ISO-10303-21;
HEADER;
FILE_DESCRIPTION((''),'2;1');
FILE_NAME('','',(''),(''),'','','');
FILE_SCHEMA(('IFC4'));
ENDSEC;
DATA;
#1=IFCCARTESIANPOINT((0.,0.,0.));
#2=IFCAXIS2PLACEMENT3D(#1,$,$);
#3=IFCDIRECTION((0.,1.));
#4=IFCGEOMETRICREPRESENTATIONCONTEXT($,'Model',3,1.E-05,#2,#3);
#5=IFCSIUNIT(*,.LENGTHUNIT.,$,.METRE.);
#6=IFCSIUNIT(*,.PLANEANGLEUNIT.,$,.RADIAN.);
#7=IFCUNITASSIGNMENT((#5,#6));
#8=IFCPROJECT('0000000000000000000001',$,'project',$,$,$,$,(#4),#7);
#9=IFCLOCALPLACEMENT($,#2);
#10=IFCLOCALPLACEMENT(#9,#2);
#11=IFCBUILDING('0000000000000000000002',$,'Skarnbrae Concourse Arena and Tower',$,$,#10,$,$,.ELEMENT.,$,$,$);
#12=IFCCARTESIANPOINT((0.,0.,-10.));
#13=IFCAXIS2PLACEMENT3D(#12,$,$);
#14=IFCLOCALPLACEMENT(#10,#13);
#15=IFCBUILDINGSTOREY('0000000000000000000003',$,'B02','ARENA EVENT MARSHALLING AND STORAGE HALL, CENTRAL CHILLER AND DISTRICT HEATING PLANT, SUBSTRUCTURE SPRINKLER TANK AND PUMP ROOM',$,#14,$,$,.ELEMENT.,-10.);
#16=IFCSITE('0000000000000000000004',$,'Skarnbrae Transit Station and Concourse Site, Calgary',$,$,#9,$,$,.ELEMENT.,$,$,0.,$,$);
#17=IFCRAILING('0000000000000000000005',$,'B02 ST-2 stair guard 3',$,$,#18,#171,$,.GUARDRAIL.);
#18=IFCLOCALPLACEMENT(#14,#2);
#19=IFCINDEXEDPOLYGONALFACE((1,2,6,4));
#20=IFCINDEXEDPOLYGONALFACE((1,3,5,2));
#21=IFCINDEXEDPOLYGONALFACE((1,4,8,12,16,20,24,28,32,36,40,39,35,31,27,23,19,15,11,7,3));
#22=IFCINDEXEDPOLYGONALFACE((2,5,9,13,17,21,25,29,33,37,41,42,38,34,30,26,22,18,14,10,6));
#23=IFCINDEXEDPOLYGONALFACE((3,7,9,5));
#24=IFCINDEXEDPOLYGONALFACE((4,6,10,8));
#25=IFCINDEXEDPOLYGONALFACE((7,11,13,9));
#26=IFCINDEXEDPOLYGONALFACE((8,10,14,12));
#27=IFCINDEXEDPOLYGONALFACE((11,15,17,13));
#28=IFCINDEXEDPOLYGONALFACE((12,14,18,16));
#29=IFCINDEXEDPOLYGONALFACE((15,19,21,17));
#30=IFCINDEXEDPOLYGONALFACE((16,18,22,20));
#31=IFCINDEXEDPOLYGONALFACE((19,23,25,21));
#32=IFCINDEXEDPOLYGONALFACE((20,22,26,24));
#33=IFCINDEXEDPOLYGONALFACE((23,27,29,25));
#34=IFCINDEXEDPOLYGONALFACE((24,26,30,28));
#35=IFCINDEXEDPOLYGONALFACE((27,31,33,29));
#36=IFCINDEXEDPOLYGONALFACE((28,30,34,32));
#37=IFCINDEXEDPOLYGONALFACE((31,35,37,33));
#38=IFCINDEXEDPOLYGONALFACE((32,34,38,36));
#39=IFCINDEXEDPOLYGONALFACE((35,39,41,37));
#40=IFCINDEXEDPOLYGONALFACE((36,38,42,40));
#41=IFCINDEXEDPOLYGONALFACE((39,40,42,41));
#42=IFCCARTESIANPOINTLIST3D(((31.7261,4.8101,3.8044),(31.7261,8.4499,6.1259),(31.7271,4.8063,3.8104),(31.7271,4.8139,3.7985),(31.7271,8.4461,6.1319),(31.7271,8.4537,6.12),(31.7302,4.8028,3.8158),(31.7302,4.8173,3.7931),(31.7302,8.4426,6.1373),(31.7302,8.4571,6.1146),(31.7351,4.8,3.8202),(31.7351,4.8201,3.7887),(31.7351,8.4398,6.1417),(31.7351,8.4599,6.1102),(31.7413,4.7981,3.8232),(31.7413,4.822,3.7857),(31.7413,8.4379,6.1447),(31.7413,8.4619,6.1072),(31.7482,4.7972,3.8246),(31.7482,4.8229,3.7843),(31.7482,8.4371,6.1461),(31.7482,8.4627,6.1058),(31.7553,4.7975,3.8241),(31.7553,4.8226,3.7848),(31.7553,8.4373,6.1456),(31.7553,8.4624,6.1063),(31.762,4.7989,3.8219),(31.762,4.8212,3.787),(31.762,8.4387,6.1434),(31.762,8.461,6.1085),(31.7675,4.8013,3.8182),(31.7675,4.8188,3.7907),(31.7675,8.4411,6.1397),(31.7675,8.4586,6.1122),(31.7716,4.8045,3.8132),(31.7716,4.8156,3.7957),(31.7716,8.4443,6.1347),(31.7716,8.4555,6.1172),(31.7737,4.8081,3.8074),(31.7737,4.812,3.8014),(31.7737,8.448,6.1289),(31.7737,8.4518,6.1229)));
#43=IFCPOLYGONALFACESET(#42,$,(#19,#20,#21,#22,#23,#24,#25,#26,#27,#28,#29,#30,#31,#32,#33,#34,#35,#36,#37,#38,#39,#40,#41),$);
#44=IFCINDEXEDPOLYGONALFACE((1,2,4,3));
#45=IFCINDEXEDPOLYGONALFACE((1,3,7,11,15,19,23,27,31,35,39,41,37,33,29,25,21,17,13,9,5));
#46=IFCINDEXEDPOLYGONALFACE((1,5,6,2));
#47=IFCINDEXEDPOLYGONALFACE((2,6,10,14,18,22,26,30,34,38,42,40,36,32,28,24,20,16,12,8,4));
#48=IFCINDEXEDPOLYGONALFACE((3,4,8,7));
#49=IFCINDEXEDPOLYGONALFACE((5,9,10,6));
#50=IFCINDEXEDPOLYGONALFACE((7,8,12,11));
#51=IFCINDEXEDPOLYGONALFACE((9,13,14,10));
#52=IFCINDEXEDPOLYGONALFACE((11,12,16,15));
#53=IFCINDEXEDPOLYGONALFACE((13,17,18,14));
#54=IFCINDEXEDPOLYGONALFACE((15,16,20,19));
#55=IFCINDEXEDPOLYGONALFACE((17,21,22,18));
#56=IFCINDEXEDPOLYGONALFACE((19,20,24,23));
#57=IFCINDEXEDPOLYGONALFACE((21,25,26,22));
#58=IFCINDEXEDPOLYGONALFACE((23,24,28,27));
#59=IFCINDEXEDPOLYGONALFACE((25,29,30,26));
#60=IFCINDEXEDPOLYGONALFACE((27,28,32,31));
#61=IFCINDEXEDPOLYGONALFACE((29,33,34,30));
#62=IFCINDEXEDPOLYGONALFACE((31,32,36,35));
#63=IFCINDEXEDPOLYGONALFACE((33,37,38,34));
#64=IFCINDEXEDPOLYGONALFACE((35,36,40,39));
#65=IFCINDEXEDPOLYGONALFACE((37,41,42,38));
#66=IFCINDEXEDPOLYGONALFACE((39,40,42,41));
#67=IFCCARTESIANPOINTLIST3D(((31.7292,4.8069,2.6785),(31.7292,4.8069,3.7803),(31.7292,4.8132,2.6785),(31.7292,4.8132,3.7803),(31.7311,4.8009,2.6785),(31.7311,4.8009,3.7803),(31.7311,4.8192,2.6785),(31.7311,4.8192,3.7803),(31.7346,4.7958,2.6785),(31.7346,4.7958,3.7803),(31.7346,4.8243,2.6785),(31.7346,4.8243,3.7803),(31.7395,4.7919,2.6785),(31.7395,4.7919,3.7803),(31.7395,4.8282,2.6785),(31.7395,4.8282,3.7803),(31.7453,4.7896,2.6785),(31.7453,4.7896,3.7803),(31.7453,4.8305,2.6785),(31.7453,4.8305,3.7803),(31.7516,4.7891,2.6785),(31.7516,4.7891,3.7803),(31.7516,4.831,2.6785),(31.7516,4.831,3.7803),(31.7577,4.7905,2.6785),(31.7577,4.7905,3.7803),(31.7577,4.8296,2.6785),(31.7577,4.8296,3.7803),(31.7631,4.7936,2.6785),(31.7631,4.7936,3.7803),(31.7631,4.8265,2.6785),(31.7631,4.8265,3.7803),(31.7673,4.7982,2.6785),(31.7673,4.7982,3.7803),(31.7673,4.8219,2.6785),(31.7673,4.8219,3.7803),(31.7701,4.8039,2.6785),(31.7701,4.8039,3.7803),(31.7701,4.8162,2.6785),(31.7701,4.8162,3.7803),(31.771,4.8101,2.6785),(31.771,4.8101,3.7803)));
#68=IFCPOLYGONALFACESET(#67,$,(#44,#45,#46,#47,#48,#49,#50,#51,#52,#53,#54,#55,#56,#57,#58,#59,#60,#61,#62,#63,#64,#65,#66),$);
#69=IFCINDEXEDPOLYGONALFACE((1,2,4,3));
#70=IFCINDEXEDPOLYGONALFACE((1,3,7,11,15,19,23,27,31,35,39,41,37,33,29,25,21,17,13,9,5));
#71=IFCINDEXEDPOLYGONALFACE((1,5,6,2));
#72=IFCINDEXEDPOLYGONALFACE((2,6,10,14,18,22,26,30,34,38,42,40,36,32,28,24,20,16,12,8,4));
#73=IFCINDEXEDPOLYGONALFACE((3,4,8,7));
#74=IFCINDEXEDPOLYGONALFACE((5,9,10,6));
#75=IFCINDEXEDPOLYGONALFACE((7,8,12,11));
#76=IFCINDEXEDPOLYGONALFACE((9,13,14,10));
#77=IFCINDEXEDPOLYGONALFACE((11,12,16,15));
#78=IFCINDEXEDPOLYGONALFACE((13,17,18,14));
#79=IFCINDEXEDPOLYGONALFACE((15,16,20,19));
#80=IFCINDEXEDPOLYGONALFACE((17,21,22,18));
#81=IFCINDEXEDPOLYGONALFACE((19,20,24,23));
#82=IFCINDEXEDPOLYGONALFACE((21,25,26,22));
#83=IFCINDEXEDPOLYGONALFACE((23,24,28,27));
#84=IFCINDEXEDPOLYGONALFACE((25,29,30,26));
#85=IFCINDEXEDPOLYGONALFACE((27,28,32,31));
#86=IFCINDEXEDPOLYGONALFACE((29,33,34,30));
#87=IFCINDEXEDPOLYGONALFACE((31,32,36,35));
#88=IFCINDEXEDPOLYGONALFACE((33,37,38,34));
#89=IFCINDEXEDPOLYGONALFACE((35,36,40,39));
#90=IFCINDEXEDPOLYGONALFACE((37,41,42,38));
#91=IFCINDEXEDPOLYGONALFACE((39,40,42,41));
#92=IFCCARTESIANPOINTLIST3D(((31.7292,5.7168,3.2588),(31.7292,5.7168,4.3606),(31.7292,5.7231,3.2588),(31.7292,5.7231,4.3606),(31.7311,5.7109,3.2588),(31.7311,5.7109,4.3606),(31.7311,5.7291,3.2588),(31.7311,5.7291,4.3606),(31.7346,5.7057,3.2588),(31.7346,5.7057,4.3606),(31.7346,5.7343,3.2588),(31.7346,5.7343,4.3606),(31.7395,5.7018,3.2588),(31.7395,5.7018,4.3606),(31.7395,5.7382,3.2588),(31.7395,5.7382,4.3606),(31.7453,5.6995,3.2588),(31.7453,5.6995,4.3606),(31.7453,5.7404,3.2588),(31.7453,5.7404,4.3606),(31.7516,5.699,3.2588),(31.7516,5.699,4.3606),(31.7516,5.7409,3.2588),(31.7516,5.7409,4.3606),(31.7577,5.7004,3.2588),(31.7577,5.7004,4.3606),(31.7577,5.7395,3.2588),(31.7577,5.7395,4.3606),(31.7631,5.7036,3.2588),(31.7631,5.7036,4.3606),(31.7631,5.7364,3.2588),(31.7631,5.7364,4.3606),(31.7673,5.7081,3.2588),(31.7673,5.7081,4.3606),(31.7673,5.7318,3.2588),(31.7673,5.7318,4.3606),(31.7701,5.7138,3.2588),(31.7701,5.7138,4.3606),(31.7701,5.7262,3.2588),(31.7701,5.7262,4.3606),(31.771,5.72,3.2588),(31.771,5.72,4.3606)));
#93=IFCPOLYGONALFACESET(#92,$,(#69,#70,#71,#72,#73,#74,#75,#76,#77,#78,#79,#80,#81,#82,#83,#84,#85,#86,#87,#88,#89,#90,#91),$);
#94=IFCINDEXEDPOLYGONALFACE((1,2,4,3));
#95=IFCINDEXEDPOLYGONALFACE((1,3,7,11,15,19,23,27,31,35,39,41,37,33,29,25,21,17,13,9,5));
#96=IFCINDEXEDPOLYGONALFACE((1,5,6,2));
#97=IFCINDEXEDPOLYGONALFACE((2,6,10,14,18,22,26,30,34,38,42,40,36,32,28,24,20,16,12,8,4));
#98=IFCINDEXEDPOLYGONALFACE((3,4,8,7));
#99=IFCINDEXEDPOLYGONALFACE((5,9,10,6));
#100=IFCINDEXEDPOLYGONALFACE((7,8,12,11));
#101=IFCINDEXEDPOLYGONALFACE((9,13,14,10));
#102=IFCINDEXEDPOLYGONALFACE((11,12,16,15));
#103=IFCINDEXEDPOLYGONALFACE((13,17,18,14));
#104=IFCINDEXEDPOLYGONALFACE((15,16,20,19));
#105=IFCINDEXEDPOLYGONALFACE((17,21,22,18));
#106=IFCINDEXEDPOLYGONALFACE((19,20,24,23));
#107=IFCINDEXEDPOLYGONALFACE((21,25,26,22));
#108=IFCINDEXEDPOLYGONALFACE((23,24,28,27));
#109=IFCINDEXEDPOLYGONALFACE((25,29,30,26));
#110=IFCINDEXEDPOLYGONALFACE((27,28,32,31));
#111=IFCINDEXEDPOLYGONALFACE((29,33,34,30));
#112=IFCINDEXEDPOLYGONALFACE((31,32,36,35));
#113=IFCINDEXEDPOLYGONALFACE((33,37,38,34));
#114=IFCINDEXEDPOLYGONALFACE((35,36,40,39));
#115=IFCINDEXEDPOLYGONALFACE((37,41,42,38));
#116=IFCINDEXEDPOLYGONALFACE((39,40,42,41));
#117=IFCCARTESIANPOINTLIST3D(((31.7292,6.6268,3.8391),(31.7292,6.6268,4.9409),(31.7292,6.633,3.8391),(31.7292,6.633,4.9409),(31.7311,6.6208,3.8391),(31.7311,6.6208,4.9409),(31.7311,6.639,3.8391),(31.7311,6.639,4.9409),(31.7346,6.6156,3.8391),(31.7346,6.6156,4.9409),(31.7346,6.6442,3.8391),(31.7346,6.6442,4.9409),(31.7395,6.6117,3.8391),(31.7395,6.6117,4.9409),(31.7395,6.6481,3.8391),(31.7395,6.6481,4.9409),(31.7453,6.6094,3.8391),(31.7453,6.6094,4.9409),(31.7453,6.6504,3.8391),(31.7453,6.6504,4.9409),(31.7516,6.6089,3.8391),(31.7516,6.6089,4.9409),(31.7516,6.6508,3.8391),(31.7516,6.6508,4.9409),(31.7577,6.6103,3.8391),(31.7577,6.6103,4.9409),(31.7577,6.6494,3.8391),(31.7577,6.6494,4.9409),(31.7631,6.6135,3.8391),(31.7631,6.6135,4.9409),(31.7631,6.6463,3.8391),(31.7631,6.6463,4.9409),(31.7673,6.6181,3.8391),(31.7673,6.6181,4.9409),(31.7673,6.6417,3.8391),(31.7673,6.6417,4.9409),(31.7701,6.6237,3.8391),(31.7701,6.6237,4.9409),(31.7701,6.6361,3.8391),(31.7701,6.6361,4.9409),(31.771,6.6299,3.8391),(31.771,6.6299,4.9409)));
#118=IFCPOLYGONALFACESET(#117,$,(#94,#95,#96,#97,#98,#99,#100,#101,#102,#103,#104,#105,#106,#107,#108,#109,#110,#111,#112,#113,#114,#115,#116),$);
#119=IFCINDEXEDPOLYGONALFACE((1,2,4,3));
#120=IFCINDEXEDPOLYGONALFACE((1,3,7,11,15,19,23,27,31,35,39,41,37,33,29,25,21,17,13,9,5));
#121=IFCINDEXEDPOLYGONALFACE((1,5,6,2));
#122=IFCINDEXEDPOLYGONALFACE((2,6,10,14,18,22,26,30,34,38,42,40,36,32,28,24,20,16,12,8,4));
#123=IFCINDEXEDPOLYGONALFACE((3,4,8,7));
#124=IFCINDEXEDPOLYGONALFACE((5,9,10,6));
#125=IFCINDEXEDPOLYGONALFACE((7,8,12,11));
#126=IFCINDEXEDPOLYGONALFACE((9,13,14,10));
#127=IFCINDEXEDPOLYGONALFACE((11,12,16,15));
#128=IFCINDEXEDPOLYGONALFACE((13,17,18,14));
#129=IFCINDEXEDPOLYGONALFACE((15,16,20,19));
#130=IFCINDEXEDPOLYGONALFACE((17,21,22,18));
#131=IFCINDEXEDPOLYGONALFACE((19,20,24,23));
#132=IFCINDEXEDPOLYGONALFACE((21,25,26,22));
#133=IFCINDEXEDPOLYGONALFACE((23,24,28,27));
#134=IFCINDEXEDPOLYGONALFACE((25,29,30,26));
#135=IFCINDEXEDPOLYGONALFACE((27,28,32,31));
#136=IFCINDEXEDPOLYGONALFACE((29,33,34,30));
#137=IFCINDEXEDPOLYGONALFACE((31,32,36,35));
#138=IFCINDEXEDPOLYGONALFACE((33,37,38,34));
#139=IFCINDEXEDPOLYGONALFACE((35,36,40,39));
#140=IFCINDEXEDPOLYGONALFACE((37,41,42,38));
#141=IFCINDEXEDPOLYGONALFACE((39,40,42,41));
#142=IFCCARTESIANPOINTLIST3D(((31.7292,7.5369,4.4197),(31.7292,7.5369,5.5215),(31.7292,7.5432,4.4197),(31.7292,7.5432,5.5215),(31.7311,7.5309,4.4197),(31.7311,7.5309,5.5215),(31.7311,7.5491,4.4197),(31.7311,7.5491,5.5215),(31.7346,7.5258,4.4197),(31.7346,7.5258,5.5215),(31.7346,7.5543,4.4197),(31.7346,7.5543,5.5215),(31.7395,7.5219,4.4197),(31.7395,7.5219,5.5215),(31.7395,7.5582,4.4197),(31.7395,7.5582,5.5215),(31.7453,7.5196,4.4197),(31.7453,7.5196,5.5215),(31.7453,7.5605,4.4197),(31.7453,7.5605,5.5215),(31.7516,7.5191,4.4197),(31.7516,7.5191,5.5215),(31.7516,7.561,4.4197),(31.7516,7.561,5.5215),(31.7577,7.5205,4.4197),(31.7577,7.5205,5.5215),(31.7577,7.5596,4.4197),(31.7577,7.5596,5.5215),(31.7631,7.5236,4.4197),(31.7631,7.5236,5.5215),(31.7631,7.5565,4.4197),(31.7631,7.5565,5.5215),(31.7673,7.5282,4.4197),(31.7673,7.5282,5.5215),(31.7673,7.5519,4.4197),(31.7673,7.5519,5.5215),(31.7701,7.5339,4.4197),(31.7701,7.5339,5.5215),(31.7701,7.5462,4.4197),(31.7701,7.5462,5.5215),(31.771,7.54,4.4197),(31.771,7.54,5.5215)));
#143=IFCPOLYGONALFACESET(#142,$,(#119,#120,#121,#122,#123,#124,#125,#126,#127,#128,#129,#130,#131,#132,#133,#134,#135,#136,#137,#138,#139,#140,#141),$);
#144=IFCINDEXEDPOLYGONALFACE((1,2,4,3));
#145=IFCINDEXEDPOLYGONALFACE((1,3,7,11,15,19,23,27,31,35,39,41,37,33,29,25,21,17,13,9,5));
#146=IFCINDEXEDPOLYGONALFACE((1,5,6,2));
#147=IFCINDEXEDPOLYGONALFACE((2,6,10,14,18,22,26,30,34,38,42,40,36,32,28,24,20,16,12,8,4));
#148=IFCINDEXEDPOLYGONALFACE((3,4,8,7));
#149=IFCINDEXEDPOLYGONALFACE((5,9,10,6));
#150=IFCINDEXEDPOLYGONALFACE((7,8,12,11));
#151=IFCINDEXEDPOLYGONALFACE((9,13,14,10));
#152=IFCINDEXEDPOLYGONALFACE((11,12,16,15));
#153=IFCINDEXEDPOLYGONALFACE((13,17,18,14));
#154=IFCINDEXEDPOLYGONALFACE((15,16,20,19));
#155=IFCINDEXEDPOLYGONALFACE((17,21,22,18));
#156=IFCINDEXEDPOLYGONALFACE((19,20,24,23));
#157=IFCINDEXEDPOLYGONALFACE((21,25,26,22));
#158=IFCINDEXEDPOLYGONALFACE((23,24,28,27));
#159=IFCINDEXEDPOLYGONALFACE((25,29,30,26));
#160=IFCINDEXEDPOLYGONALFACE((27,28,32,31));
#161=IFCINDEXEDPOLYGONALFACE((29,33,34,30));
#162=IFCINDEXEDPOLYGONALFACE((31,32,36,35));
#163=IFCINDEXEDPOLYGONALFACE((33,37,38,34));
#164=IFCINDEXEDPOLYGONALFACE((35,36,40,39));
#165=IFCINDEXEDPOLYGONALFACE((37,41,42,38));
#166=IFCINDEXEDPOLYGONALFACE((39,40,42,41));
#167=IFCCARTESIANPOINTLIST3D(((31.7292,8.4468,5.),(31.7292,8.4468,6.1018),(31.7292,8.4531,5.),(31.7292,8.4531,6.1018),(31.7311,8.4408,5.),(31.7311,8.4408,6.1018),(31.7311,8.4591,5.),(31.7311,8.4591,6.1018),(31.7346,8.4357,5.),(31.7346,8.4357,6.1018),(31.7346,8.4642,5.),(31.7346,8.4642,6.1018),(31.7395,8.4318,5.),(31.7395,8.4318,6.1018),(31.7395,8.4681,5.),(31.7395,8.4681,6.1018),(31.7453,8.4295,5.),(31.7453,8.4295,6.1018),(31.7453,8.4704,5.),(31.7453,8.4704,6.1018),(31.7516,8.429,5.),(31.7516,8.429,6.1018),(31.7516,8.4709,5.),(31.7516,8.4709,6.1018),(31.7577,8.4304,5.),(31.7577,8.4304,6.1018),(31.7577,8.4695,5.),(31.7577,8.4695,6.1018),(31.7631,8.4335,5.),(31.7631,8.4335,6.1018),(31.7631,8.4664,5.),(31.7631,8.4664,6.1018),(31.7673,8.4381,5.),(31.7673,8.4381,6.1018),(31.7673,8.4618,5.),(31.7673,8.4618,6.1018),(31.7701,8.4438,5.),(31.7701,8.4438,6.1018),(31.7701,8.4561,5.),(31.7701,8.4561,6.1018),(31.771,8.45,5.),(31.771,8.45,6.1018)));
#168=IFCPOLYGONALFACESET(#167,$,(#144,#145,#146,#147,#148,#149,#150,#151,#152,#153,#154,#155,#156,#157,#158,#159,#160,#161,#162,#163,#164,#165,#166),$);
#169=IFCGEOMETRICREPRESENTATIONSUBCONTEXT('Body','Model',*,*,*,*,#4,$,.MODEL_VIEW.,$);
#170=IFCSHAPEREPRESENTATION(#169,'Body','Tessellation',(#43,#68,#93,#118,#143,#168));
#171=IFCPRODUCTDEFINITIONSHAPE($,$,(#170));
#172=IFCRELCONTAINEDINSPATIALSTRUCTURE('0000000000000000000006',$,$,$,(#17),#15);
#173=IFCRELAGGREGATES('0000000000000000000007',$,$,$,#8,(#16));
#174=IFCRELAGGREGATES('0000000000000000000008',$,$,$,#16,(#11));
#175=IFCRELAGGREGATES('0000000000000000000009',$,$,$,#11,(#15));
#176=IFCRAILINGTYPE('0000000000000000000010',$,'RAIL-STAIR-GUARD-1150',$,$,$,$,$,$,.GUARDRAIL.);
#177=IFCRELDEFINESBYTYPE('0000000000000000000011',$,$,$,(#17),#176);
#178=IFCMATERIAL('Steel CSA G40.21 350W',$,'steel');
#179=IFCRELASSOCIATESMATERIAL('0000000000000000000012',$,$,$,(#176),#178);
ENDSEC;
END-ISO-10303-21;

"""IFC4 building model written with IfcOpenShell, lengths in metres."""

from ifc_helpers import new_model, si_unit, direction, frame, origin, origin_2d, place, context, subcontext, project, spatial, circle, extrude, material, type_object, element, save


model = new_model("IFC4")

# Units and contexts
model_context = context("Model", 3, precision=1e-05, world=origin(), true_north=direction((0.0, 1.0)))
body_context = subcontext(model_context, "Body", "Model", "MODEL_VIEW")
ifc_project = project(units=[si_unit("LENGTHUNIT", "METRE"), si_unit("PLANEANGLEUNIT", "RADIAN")], contexts=[model_context])

# Site, building, storey
site_placement = place(None, origin())
site = spatial("IfcSite", under=ifc_project, at=site_placement, Name="Skarnbrae Transit Station and Concourse Site, Calgary", CompositionType="ELEMENT", RefElevation=0.0)
building_placement = place(site_placement, origin())
building = spatial("IfcBuilding", under=site, at=building_placement, Name="Skarnbrae Concourse Arena and Tower", CompositionType="ELEMENT")
storey_placement = place(building_placement, frame((0.0, 0.0, -10.0)))
storey = spatial("IfcBuildingStorey", under=building, at=storey_placement, Name="B02", Description="ARENA EVENT MARSHALLING AND STORAGE HALL, CENTRAL CHILLER AND DISTRICT HEATING PLANT, SUBSTRUCTURE SPRINKLER TANK AND PUMP ROOM", CompositionType="ELEMENT", Elevation=-10.0)

# Shared definitions
ifc_material_1 = material(Name="Steel CSA G40.21 350W", Category="steel")

# Railing
railing_type_1 = type_object("IfcRailingType", Name="RAIL-STAIR-GUARD-1150", PredefinedType="GUARDRAIL", material=ifc_material_1)
railing_1_placement = place(storey_placement, frame((31.75, 4.8101, 2.6785)))
element("IfcRailing", 1, at=railing_1_placement, inside=storey, type_object=railing_type_1, Name="B02 ST-2 stair guard 3", PredefinedType="GUARDRAIL", context=body_context, shape_type="SweptSolid", body=[
    extrude(circle(Radius=0.0239, at=origin_2d()), frame((0.0, 0.0, 1.126), z_axis=(0.0, 0.843112, 0.537739), x_axis=(-1.0, 0.0, 0.0)), (0.0, 0.0, 1.0), 4.3171),
    extrude(circle(Radius=0.021, at=origin_2d()), origin(), (0.0, 0.0, 1.0), 1.1018),
    extrude(circle(Radius=0.021, at=origin_2d()), frame((0.0, 0.9099, 0.5803)), (0.0, 0.0, 1.0), 1.1018),
    extrude(circle(Radius=0.021, at=origin_2d()), frame((0.0, 1.8198, 1.1606)), (0.0, 0.0, 1.0), 1.1018),
    extrude(circle(Radius=0.021, at=origin_2d()), frame((0.0, 2.73, 1.7412)), (0.0, 0.0, 1.0), 1.1018),
    extrude(circle(Radius=0.021, at=origin_2d()), frame((0.0, 3.6399, 2.3215)), (0.0, 0.0, 1.0), 1.1018),
])

save(model, "model.ifc")
